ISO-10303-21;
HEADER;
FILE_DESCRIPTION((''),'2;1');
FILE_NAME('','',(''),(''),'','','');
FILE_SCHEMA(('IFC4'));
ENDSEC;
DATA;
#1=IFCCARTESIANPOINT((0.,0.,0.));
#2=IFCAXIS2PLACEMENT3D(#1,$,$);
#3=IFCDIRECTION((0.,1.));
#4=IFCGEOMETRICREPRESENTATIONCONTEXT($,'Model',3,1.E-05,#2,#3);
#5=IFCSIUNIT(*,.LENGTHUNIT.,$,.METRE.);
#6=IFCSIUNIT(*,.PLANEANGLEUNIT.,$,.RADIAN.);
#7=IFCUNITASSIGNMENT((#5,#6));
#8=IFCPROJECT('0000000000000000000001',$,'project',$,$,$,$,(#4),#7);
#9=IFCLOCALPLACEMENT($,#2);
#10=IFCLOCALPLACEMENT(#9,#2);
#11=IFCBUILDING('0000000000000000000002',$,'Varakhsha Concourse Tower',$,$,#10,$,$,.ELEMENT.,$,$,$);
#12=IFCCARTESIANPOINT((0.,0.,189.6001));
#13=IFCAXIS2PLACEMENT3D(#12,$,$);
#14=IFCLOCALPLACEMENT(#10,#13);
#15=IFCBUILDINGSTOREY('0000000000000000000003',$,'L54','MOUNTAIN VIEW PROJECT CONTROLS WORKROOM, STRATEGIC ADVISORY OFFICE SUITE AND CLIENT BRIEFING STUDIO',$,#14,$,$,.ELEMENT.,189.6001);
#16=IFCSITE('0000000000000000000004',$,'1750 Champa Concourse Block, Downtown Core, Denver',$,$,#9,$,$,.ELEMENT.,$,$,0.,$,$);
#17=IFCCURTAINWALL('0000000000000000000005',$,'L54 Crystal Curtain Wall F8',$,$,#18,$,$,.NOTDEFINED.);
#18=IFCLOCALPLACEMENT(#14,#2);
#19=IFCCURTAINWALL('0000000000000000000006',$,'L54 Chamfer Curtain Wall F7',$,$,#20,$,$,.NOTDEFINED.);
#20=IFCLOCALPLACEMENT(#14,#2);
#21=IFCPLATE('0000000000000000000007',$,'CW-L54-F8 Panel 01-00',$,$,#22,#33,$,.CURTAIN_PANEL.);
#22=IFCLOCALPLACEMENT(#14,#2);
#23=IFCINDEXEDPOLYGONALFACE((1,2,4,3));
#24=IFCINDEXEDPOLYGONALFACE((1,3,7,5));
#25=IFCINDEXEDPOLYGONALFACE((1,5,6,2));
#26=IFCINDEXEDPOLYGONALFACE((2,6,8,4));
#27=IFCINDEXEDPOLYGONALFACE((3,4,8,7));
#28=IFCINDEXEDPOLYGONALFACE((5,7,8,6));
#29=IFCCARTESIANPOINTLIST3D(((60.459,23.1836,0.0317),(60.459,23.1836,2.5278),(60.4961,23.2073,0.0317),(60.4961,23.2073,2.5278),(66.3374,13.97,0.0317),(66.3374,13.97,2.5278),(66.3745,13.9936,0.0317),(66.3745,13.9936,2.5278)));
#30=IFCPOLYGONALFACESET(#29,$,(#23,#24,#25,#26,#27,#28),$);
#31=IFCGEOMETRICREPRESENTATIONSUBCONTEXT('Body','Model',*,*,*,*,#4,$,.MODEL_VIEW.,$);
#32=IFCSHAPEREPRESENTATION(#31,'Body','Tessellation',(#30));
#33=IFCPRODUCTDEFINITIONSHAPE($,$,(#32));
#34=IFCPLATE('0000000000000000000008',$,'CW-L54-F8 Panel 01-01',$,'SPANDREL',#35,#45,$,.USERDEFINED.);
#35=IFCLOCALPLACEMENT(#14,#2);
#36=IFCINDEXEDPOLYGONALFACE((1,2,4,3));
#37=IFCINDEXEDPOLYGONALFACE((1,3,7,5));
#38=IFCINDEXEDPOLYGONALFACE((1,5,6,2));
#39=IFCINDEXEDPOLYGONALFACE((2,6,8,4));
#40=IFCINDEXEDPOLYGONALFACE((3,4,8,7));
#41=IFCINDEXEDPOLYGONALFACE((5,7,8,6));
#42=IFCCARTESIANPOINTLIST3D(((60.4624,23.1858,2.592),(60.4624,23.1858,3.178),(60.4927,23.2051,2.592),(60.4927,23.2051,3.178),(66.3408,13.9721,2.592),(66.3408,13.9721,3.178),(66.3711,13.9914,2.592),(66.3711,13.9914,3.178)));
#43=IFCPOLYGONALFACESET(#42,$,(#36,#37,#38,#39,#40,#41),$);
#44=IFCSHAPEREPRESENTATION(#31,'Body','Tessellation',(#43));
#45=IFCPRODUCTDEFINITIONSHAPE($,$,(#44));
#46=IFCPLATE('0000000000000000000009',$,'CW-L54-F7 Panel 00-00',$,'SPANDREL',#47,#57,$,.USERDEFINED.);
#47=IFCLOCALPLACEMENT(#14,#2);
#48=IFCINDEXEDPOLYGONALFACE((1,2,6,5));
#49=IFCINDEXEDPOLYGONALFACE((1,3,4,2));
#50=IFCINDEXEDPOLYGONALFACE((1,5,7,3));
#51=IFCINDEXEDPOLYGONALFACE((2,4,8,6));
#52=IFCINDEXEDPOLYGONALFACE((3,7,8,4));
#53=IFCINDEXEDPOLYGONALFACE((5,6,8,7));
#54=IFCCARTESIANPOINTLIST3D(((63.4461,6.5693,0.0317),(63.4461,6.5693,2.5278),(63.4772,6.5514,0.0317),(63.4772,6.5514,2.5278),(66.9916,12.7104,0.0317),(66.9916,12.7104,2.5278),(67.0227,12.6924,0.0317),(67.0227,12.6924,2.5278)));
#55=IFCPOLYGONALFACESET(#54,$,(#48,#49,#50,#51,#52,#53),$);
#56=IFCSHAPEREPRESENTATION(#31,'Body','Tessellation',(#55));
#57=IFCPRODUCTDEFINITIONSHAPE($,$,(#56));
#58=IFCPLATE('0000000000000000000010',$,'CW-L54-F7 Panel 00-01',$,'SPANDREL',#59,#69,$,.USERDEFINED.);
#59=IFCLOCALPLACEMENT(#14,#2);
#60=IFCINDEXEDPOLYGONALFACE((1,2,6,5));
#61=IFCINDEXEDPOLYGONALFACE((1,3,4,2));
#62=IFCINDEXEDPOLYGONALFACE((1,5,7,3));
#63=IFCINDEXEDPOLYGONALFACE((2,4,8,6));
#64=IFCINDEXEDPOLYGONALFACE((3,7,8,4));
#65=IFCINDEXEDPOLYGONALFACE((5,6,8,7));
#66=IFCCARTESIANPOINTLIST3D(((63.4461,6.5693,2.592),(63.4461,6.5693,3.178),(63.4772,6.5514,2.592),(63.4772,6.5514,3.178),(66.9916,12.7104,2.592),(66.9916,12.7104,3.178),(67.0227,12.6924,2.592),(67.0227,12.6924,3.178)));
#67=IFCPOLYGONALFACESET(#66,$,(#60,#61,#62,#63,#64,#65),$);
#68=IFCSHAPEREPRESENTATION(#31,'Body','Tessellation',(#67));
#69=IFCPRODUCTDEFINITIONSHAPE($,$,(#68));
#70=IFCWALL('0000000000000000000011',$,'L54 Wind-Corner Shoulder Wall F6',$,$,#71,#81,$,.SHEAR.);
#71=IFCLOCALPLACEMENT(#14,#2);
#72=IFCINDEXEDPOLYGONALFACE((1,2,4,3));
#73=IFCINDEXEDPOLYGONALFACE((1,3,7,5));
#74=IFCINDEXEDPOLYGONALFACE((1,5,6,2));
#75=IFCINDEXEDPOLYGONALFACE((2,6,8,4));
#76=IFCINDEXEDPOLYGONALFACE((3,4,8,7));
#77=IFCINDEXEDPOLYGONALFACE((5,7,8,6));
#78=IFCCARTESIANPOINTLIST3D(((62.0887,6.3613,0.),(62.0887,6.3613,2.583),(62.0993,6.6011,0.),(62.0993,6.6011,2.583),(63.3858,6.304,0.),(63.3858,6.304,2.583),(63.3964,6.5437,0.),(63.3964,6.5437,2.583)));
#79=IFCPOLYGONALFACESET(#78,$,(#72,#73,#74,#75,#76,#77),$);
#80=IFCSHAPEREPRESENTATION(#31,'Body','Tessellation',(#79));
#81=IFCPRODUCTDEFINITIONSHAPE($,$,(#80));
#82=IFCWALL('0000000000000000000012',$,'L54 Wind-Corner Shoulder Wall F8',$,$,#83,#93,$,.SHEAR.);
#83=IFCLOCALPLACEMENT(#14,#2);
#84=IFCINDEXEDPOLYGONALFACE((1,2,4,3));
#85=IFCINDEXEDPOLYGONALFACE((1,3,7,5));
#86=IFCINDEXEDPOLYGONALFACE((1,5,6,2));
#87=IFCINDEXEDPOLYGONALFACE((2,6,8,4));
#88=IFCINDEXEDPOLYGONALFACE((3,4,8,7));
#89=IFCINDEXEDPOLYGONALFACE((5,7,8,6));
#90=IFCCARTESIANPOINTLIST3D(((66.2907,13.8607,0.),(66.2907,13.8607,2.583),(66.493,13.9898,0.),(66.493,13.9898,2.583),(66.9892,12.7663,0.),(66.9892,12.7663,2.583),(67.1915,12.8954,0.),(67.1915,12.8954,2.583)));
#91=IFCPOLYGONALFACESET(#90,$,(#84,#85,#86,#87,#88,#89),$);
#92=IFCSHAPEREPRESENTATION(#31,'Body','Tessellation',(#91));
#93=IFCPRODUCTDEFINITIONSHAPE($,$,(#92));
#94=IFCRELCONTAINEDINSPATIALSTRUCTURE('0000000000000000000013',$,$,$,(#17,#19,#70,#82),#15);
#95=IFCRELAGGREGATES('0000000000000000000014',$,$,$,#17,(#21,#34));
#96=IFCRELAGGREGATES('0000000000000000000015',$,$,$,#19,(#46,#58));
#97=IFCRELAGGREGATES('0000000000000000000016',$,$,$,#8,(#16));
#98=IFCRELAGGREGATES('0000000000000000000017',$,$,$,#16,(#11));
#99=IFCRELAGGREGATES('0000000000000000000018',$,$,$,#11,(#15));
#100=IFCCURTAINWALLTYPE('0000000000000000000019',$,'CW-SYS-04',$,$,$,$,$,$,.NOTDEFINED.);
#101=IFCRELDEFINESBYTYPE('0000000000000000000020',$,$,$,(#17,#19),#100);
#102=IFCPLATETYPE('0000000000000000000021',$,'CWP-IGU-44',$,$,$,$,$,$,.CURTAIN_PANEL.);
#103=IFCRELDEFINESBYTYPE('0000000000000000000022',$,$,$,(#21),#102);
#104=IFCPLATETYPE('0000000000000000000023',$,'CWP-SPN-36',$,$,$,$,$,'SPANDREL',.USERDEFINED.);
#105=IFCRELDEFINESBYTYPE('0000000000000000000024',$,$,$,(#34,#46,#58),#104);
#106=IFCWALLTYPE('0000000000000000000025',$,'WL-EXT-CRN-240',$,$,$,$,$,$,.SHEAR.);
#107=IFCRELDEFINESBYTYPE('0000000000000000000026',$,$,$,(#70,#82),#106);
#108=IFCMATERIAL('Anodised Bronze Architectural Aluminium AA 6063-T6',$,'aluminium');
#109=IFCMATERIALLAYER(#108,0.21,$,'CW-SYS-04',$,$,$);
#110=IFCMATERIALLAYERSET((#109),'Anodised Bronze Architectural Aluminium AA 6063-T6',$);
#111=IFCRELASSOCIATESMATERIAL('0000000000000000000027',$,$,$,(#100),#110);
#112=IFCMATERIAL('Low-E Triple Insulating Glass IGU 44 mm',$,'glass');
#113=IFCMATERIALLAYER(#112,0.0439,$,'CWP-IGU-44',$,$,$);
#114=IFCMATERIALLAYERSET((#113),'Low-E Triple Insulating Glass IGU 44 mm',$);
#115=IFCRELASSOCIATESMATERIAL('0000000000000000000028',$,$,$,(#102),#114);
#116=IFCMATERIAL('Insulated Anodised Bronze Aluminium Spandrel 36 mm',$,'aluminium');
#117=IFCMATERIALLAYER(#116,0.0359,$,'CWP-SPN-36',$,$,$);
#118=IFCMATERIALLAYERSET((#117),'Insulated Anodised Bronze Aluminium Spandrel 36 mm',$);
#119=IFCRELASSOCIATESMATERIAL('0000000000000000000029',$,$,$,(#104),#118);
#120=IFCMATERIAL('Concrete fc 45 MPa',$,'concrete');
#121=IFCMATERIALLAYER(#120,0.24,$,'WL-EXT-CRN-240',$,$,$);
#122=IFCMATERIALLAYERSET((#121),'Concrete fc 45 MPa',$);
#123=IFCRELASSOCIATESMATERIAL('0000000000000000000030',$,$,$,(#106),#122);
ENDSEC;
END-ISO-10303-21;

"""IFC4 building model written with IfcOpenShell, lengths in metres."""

from ifc_helpers import new_model, si_unit, direction, frame, frame_2d, origin, origin_2d, place, context, subcontext, project, spatial, rectangle, extrude, source, transform, mapped, material, layer, layer_set, type_object, element, aggregate, save


model = new_model("IFC4")

# Units and contexts
model_context = context("Model", 3, precision=1e-05, world=origin(), true_north=direction((0.0, 1.0)))
body_context = subcontext(model_context, "Body", "Model", "MODEL_VIEW")
ifc_project = project(units=[si_unit("LENGTHUNIT", "METRE"), si_unit("PLANEANGLEUNIT", "RADIAN")], contexts=[model_context])

# Site, building, storey
site_placement = place(None, origin())
site = spatial("IfcSite", under=ifc_project, at=site_placement, Name="1750 Champa Concourse Block, Downtown Core, Denver", CompositionType="ELEMENT", RefElevation=0.0)
building_placement = place(site_placement, origin())
building = spatial("IfcBuilding", under=site, at=building_placement, Name="Varakhsha Concourse Tower", CompositionType="ELEMENT")
storey_placement = place(building_placement, frame((0.0, 0.0, 189.6001)))
storey = spatial("IfcBuildingStorey", under=building, at=storey_placement, Name="L54", Description="MOUNTAIN VIEW PROJECT CONTROLS WORKROOM, STRATEGIC ADVISORY OFFICE SUITE AND CLIENT BRIEFING STUDIO", CompositionType="ELEMENT", Elevation=189.6001)

# Curtain wall
ifc_material_1 = material(Name="Anodised Bronze Architectural Aluminium AA 6063-T6", Category="aluminium")
ifc_layer_1 = layer(ifc_material_1, 0.21, Name="CW-SYS-04")
ifc_layer_set_1 = layer_set([ifc_layer_1], Name="Anodised Bronze Architectural Aluminium AA 6063-T6")
curtain_wall_type = type_object("IfcCurtainWallType", Name="CW-SYS-04", PredefinedType="NOTDEFINED", material=ifc_layer_set_1)
curtain_wall_1_placement = place(storey_placement, origin())
curtain_wall_1 = element("IfcCurtainWall", 1, at=curtain_wall_1_placement, inside=storey, type_object=curtain_wall_type, Name="L54 Crystal Curtain Wall F8", PredefinedType="NOTDEFINED")

# Curtain wall
curtain_wall_2_placement = place(storey_placement, origin())
curtain_wall_2 = element("IfcCurtainWall", 2, at=curtain_wall_2_placement, inside=storey, type_object=curtain_wall_type, Name="L54 Chamfer Curtain Wall F7", PredefinedType="NOTDEFINED")

# Plates
ifc_material_2 = material(Name="Low-E Triple Insulating Glass IGU 44 mm", Category="glass")
ifc_layer_2 = layer(ifc_material_2, 0.0439, Name="CWP-IGU-44")
ifc_layer_set_2 = layer_set([ifc_layer_2], Name="Low-E Triple Insulating Glass IGU 44 mm")
plate_type_1 = type_object("IfcPlateType", Name="CWP-IGU-44", PredefinedType="CURTAIN_PANEL", material=ifc_layer_set_2)
ifc_material_3 = material(Name="Insulated Anodised Bronze Aluminium Spandrel 36 mm", Category="aluminium")
ifc_layer_3 = layer(ifc_material_3, 0.0359, Name="CWP-SPN-36")
ifc_layer_set_3 = layer_set([ifc_layer_3], Name="Insulated Anodised Bronze Aluminium Spandrel 36 mm")
plate_type_2 = type_object("IfcPlateType", Name="CWP-SPN-36", ElementType="SPANDREL", PredefinedType="USERDEFINED", material=ifc_layer_set_3)
shared_shape_1 = source(origin(), body_context, "Body", "SweptSolid", [
    extrude(rectangle(XDim=10.9292, YDim=0.0439, at=origin_2d()), origin(), (0.0, 0.0, 1.0), 2.4961),
])
plate_1_placement = place(storey_placement, frame((63.4167, 18.5886, 0.0317), z_axis=(0.0, 0.0, 1.0), x_axis=(0.537863, -0.843032, 0.0)))
plate_1 = element("IfcPlate", 3, at=plate_1_placement, type_object=plate_type_1, Name="CW-L54-F8 Panel 01-00", PredefinedType="CURTAIN_PANEL", context=body_context, shape_type="MappedRepresentation", body=[
    mapped(shared_shape_1, transform((0.0, 0.0, 0.0), scale=1.0)),
])
shared_shape_2 = source(origin(), body_context, "Body", "SweptSolid", [
    extrude(rectangle(XDim=10.9292, YDim=0.0359, at=origin_2d()), origin(), (0.0, 0.0, 1.0), 0.5859),
])
plate_2_placement = place(storey_placement, frame((63.4167, 18.5886, 2.592), z_axis=(0.0, 0.0, 1.0), x_axis=(0.537863, -0.843032, 0.0)))
plate_2 = element("IfcPlate", 4, at=plate_2_placement, type_object=plate_type_2, Name="CW-L54-F8 Panel 01-01", ObjectType="SPANDREL", PredefinedType="USERDEFINED", context=body_context, shape_type="MappedRepresentation", body=[
    mapped(shared_shape_2, transform((0.0, 0.0, 0.0), scale=1.0)),
])
aggregate(curtain_wall_1, [plate_1, plate_2])
shared_shape_3 = source(origin(), body_context, "Body", "SweptSolid", [
    extrude(rectangle(XDim=7.0911, YDim=0.0359, at=origin_2d()), origin(), (0.0, 0.0, 1.0), 2.4961),
])
plate_3_placement = place(storey_placement, frame((65.2344, 9.6309, 0.0317), z_axis=(0.0, 0.0, 1.0), x_axis=(-0.499997, -0.866027, 0.0)))
plate_3 = element("IfcPlate", 5, at=plate_3_placement, type_object=plate_type_2, Name="CW-L54-F7 Panel 00-00", ObjectType="SPANDREL", PredefinedType="USERDEFINED", context=body_context, shape_type="MappedRepresentation", body=[
    mapped(shared_shape_3, transform((0.0, 0.0, 0.0), scale=1.0)),
])
shared_shape_4 = source(origin(), body_context, "Body", "SweptSolid", [
    extrude(rectangle(XDim=7.0911, YDim=0.0359, at=origin_2d()), origin(), (0.0, 0.0, 1.0), 0.5859),
])
plate_4_placement = place(storey_placement, frame((65.2344, 9.6309, 2.592), z_axis=(0.0, 0.0, 1.0), x_axis=(-0.499997, -0.866027, 0.0)))
plate_4 = element("IfcPlate", 6, at=plate_4_placement, type_object=plate_type_2, Name="CW-L54-F7 Panel 00-01", ObjectType="SPANDREL", PredefinedType="USERDEFINED", context=body_context, shape_type="MappedRepresentation", body=[
    mapped(shared_shape_4, transform((0.0, 0.0, 0.0), scale=1.0)),
])
aggregate(curtain_wall_2, [plate_3, plate_4])

# Walls
ifc_material_4 = material(Name="Concrete fc 45 MPa", Category="concrete")
ifc_layer_4 = layer(ifc_material_4, 0.24, Name="WL-EXT-CRN-240")
ifc_layer_set_4 = layer_set([ifc_layer_4], Name="Concrete fc 45 MPa")
wall_type = type_object("IfcWallType", Name="WL-EXT-CRN-240", PredefinedType="SHEAR", material=ifc_layer_set_4)
for number, where, z_axis, x_axis, name in (
    (7, (62.094, 6.4812, 0.0), (0.0, 0.0, 1.0), (0.999023, -0.044188, 0.0), "L54 Wind-Corner Shoulder Wall F6"),
    (8, (67.0903, 12.8308, 0.0), (0.0, 0.0, 1.0), (-0.53797, 0.842964, 0.0), "L54 Wind-Corner Shoulder Wall F8"),
):
    element("IfcWall", number, at=place(storey_placement, frame(where, z_axis=z_axis, x_axis=x_axis)), inside=storey, type_object=wall_type, Name=name, PredefinedType="SHEAR", context=body_context, shape_type="SweptSolid", body=[
        extrude(rectangle(XDim=1.2983, YDim=0.24, at=frame_2d((0.6492, 0.0))), origin(), (0.0, 0.0, 1.0), 2.583),
    ])

save(model, "model.ifc")
